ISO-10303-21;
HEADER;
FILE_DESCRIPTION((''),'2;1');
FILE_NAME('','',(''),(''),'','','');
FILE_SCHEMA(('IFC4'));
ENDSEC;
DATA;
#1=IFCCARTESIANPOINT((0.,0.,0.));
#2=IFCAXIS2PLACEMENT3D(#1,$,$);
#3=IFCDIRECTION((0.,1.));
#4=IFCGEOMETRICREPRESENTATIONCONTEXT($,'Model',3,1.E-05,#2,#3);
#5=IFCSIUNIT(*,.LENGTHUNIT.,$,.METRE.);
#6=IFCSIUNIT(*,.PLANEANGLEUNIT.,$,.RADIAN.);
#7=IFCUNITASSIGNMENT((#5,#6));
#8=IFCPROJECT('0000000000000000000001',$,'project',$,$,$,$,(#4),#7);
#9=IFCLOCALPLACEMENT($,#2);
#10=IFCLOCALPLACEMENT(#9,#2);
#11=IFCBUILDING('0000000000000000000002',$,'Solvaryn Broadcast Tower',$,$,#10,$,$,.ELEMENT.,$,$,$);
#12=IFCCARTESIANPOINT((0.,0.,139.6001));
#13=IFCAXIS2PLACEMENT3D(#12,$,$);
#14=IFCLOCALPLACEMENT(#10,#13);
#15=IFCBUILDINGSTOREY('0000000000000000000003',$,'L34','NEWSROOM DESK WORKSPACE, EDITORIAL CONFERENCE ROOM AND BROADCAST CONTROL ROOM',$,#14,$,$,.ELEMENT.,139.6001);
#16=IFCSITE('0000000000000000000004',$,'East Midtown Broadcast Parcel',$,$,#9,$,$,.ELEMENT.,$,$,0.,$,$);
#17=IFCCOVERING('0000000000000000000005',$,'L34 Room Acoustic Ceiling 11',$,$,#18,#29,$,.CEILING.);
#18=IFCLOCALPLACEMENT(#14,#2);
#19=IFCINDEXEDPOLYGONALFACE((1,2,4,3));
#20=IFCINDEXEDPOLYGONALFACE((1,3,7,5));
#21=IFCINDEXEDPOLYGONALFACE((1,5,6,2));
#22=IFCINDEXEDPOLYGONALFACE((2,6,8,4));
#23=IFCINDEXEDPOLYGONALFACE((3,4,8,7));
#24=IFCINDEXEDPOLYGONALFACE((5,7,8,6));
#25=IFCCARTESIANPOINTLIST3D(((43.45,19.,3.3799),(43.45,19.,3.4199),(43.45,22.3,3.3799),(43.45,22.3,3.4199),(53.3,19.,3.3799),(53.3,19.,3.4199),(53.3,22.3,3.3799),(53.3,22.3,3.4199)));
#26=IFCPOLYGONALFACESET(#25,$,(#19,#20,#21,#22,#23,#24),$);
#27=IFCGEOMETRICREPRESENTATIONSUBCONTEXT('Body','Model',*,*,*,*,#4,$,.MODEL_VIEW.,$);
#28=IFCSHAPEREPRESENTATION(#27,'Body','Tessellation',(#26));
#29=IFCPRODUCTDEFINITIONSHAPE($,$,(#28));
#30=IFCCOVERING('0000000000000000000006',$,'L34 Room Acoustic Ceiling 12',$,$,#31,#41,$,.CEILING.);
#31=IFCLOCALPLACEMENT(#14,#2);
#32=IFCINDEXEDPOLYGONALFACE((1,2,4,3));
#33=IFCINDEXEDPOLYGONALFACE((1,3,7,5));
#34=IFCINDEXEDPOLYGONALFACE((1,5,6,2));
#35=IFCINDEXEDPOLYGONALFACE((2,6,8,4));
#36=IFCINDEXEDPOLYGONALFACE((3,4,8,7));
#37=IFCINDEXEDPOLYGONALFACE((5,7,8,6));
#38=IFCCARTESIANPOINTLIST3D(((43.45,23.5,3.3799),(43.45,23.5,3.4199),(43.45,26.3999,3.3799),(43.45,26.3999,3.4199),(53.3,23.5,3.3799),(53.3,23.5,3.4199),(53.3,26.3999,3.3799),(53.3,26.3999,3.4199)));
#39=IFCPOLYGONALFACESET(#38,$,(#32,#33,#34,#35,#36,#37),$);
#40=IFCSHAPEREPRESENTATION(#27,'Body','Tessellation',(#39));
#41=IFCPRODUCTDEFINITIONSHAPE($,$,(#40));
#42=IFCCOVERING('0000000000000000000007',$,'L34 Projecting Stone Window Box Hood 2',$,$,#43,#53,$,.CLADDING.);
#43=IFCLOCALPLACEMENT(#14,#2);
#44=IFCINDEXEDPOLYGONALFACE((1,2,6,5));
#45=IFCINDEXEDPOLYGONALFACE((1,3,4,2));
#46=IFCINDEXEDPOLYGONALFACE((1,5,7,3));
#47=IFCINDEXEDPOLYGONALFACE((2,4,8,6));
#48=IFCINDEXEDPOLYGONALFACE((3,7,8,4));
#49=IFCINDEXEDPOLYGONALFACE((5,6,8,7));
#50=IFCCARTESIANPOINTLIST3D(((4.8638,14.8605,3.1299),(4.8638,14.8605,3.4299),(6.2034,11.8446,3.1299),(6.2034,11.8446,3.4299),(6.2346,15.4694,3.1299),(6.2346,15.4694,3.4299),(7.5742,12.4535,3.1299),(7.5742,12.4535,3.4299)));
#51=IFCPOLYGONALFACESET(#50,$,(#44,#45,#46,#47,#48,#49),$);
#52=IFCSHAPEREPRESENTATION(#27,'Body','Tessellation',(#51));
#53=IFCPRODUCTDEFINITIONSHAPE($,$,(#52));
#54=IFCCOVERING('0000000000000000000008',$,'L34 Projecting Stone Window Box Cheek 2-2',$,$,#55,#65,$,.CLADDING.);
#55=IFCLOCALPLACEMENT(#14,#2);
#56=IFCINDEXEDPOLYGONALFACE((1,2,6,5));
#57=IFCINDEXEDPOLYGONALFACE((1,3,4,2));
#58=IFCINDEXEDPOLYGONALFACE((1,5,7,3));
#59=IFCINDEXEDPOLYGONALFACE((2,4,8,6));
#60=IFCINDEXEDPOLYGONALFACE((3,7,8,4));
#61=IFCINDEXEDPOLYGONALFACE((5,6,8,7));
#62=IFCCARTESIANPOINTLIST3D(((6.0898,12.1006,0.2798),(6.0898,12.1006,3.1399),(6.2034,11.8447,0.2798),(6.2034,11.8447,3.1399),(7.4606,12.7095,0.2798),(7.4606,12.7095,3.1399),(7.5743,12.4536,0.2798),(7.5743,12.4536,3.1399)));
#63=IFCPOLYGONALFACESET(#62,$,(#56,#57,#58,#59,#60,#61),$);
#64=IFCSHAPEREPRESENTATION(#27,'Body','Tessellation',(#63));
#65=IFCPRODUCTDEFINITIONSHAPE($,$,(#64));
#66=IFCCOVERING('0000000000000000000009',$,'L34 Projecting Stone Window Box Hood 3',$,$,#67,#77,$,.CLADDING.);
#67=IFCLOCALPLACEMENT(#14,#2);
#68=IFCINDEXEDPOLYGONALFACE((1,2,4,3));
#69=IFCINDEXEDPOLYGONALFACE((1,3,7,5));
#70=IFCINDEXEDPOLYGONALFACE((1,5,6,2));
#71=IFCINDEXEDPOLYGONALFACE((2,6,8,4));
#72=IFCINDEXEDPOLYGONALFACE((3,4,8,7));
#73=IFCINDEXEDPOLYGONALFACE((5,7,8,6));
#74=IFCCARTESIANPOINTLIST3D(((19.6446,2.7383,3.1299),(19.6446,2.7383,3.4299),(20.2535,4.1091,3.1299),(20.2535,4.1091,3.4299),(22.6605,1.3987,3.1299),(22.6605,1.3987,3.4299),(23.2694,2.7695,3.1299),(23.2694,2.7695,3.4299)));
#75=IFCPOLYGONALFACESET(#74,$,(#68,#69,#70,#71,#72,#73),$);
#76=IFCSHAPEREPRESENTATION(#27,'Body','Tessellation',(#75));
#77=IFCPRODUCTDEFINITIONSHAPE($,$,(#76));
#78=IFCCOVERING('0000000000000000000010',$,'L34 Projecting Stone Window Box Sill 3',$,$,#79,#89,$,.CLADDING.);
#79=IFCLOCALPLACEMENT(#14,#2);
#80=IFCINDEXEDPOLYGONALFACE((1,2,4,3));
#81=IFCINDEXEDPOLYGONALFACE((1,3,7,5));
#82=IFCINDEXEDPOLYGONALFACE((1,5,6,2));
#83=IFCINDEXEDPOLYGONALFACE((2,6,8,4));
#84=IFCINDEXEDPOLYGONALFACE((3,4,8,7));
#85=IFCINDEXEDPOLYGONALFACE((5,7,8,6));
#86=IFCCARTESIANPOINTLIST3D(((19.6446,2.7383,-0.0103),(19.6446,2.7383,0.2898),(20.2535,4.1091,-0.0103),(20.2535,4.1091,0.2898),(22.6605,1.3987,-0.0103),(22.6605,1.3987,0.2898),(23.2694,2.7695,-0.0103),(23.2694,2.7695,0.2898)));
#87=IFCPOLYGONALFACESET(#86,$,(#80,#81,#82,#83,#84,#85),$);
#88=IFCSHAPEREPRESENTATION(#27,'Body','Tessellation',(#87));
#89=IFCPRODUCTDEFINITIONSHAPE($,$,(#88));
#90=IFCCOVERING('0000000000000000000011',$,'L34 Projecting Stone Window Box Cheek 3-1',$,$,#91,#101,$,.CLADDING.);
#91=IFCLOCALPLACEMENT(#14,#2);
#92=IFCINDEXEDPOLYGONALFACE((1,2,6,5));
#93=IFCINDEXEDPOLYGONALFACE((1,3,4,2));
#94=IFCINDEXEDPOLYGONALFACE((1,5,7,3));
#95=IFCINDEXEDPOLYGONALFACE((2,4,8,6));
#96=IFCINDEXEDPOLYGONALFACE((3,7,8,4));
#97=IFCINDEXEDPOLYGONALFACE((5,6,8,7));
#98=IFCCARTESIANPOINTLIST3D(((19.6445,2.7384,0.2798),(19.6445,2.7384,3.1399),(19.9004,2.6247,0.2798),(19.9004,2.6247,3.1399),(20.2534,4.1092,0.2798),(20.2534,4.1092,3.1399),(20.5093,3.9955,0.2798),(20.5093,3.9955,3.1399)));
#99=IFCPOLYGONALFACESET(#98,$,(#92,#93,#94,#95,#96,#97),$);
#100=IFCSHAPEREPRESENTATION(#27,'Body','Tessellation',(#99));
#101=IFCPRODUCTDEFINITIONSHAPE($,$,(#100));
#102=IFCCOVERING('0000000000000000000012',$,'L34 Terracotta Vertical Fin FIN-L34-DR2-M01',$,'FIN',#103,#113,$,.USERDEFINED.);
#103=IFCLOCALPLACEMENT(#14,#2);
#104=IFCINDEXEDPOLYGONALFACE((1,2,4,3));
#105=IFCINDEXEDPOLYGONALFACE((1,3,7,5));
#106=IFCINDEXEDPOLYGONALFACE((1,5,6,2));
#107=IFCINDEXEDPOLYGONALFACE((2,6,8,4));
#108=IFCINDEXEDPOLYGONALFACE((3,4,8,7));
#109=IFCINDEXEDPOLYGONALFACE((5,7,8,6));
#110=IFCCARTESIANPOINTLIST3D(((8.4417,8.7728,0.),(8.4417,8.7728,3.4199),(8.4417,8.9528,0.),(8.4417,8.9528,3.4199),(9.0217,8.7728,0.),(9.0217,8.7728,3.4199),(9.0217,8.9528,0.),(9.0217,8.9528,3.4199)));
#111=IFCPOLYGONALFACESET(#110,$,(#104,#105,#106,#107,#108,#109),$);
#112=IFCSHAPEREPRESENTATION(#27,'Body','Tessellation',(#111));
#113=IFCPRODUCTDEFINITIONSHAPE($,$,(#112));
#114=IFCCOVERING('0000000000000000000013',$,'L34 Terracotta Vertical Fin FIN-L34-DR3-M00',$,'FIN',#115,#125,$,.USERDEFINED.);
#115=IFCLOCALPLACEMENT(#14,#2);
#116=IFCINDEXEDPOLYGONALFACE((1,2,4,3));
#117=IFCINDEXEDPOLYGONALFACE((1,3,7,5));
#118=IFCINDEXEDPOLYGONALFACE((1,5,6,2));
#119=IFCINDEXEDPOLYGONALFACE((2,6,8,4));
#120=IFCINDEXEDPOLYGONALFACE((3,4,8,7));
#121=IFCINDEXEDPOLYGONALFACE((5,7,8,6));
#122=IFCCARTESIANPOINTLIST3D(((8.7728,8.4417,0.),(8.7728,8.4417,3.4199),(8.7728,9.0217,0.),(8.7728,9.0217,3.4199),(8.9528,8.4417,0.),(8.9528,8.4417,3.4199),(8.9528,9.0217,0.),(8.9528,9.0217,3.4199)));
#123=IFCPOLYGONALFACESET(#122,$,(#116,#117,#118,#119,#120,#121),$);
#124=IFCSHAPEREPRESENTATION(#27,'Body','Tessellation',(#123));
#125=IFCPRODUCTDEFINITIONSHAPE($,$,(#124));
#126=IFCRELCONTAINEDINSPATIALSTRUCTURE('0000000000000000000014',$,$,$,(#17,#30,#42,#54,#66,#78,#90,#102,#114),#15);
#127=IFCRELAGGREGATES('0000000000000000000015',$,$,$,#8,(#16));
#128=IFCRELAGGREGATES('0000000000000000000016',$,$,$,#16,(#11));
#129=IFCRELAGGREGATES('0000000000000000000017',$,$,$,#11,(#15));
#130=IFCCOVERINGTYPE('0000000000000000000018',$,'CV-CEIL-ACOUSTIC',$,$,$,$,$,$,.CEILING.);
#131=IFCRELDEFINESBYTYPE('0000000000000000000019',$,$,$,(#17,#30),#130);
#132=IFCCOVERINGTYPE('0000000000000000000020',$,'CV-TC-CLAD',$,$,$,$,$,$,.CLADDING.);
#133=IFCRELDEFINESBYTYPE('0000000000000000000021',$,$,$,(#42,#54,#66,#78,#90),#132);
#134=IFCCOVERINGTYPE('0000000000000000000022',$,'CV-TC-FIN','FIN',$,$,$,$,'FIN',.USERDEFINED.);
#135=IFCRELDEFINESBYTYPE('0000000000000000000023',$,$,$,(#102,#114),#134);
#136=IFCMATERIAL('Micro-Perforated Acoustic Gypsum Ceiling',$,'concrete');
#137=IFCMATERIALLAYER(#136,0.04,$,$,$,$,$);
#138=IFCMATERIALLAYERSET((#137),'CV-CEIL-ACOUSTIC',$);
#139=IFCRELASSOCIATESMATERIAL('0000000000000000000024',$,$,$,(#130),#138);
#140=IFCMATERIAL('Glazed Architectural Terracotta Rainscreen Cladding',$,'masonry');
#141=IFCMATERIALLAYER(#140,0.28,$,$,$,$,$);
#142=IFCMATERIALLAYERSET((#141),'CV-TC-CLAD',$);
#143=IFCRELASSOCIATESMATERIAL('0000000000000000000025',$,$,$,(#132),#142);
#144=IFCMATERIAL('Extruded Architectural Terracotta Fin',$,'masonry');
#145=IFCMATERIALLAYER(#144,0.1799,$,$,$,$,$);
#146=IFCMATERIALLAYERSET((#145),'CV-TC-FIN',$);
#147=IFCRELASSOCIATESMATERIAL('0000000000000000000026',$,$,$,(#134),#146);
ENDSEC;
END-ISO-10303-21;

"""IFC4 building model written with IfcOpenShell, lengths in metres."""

from ifc_helpers import new_model, si_unit, direction, frame, origin, origin_2d, place, context, subcontext, project, spatial, polyline, rectangle, outline, extrude, material, layer, layer_set, type_object, element, save


model = new_model("IFC4")

# Units and contexts
model_context = context("Model", 3, precision=1e-05, world=origin(), true_north=direction((0.0, 1.0)))
body_context = subcontext(model_context, "Body", "Model", "MODEL_VIEW")
ifc_project = project(units=[si_unit("LENGTHUNIT", "METRE"), si_unit("PLANEANGLEUNIT", "RADIAN")], contexts=[model_context])

# Site, building, storey
site_placement = place(None, origin())
site = spatial("IfcSite", under=ifc_project, at=site_placement, Name="East Midtown Broadcast Parcel", CompositionType="ELEMENT", RefElevation=0.0)
building_placement = place(site_placement, origin())
building = spatial("IfcBuilding", under=site, at=building_placement, Name="Solvaryn Broadcast Tower", CompositionType="ELEMENT")
storey_placement = place(building_placement, frame((0.0, 0.0, 139.6001)))
storey = spatial("IfcBuildingStorey", under=building, at=storey_placement, Name="L34", Description="NEWSROOM DESK WORKSPACE, EDITORIAL CONFERENCE ROOM AND BROADCAST CONTROL ROOM", CompositionType="ELEMENT", Elevation=139.6001)

# Coverings
ifc_material_1 = material(Name="Micro-Perforated Acoustic Gypsum Ceiling", Category="concrete")
ifc_layer_1 = layer(ifc_material_1, 0.04)
ifc_layer_set_1 = layer_set([ifc_layer_1], Name="CV-CEIL-ACOUSTIC")
covering_type_1 = type_object("IfcCoveringType", Name="CV-CEIL-ACOUSTIC", PredefinedType="CEILING", material=ifc_layer_set_1)
covering_1_placement = place(storey_placement, frame((0.0, 0.0, 3.3799)))
element("IfcCovering", 1, at=covering_1_placement, inside=storey, type_object=covering_type_1, Name="L34 Room Acoustic Ceiling 11", PredefinedType="CEILING", context=body_context, shape_type="SweptSolid", body=[
    extrude(outline(polyline([(43.45, 19.0), (53.3, 19.0), (53.3, 22.3), (43.45, 22.3), (43.45, 19.0)])), origin(), (0.0, 0.0, 1.0), 0.04),
])
covering_2_placement = place(storey_placement, frame((0.0, 0.0, 3.3799)))
element("IfcCovering", 2, at=covering_2_placement, inside=storey, type_object=covering_type_1, Name="L34 Room Acoustic Ceiling 12", PredefinedType="CEILING", context=body_context, shape_type="SweptSolid", body=[
    extrude(outline(polyline([(43.45, 23.5), (53.3, 23.5), (53.3, 26.3999), (43.45, 26.3999), (43.45, 23.5)])), origin(), (0.0, 0.0, 1.0), 0.04),
])
ifc_material_2 = material(Name="Glazed Architectural Terracotta Rainscreen Cladding", Category="masonry")
ifc_layer_2 = layer(ifc_material_2, 0.28)
ifc_layer_set_2 = layer_set([ifc_layer_2], Name="CV-TC-CLAD")
covering_type_2 = type_object("IfcCoveringType", Name="CV-TC-CLAD", PredefinedType="CLADDING", material=ifc_layer_set_2)
covering_3_placement = place(storey_placement, frame((6.219, 13.657, 3.1299), z_axis=(0.0, 0.0, 1.0), x_axis=(0.405939, -0.9139, 0.0)))
element("IfcCovering", 3, at=covering_3_placement, inside=storey, type_object=covering_type_2, Name="L34 Projecting Stone Window Box Hood 2", PredefinedType="CLADDING", context=body_context, shape_type="SweptSolid", body=[
    extrude(rectangle(XDim=3.3, YDim=1.5, at=origin_2d()), origin(), (0.0, 0.0, 1.0), 0.3),
])
covering_4_placement = place(storey_placement, frame((6.832, 12.2771, 0.2798), z_axis=(0.0, 0.0, 1.0), x_axis=(0.405939, -0.9139, 0.0)))
element("IfcCovering", 4, at=covering_4_placement, inside=storey, type_object=covering_type_2, Name="L34 Projecting Stone Window Box Cheek 2-2", PredefinedType="CLADDING", context=body_context, shape_type="SweptSolid", body=[
    extrude(rectangle(XDim=0.28, YDim=1.5, at=origin_2d()), origin(), (0.0, 0.0, 1.0), 2.8601),
])
for number, where, z_axis, x_axis, name in (
    (5, (21.457, 2.7539, 3.1299), (0.0, 0.0, 1.0), (0.9139, -0.405939, 0.0), "L34 Projecting Stone Window Box Hood 3"),
    (6, (21.457, 2.7539, -0.0103), (0.0, 0.0, 1.0), (0.9139, -0.405939, 0.0), "L34 Projecting Stone Window Box Sill 3"),
):
    element("IfcCovering", number, at=place(storey_placement, frame(where, z_axis=z_axis, x_axis=x_axis)), inside=storey, type_object=covering_type_2, Name=name, PredefinedType="CLADDING", context=body_context, shape_type="SweptSolid", body=[
        extrude(rectangle(XDim=3.3, YDim=1.5, at=origin_2d()), origin(), (0.0, 0.0, 1.0), 0.3),
    ])
covering_5_placement = place(storey_placement, frame((20.0769, 3.3669, 0.2798), z_axis=(0.0, 0.0, 1.0), x_axis=(0.9139, -0.405939, 0.0)))
element("IfcCovering", 7, at=covering_5_placement, inside=storey, type_object=covering_type_2, Name="L34 Projecting Stone Window Box Cheek 3-1", PredefinedType="CLADDING", context=body_context, shape_type="SweptSolid", body=[
    extrude(rectangle(XDim=0.28, YDim=1.5, at=origin_2d()), origin(), (0.0, 0.0, 1.0), 2.8601),
])
ifc_material_3 = material(Name="Extruded Architectural Terracotta Fin", Category="masonry")
ifc_layer_3 = layer(ifc_material_3, 0.1799)
ifc_layer_set_3 = layer_set([ifc_layer_3], Name="CV-TC-FIN")
covering_type_3 = type_object("IfcCoveringType", Name="CV-TC-FIN", Description="FIN", ElementType="FIN", PredefinedType="USERDEFINED", material=ifc_layer_set_3)
covering_6_placement = place(storey_placement, frame((8.7317, 8.8628, 0.0), z_axis=(0.0, 0.0, 1.0), x_axis=(1.0, 0.0, 0.0)))
element("IfcCovering", 8, at=covering_6_placement, inside=storey, type_object=covering_type_3, Name="L34 Terracotta Vertical Fin FIN-L34-DR2-M01", ObjectType="FIN", PredefinedType="USERDEFINED", context=body_context, shape_type="SweptSolid", body=[
    extrude(rectangle(XDim=0.5801, YDim=0.1799, at=origin_2d()), origin(), (0.0, 0.0, 1.0), 3.4199),
])
covering_7_placement = place(storey_placement, frame((8.8628, 8.7317, 0.0), z_axis=(0.0, 0.0, 1.0), x_axis=(1.0, 0.0, 0.0)))
element("IfcCovering", 9, at=covering_7_placement, inside=storey, type_object=covering_type_3, Name="L34 Terracotta Vertical Fin FIN-L34-DR3-M00", ObjectType="FIN", PredefinedType="USERDEFINED", context=body_context, shape_type="SweptSolid", body=[
    extrude(rectangle(XDim=0.1799, YDim=0.5801, at=origin_2d()), origin(), (0.0, 0.0, 1.0), 3.4199),
])

save(model, "model.ifc")
